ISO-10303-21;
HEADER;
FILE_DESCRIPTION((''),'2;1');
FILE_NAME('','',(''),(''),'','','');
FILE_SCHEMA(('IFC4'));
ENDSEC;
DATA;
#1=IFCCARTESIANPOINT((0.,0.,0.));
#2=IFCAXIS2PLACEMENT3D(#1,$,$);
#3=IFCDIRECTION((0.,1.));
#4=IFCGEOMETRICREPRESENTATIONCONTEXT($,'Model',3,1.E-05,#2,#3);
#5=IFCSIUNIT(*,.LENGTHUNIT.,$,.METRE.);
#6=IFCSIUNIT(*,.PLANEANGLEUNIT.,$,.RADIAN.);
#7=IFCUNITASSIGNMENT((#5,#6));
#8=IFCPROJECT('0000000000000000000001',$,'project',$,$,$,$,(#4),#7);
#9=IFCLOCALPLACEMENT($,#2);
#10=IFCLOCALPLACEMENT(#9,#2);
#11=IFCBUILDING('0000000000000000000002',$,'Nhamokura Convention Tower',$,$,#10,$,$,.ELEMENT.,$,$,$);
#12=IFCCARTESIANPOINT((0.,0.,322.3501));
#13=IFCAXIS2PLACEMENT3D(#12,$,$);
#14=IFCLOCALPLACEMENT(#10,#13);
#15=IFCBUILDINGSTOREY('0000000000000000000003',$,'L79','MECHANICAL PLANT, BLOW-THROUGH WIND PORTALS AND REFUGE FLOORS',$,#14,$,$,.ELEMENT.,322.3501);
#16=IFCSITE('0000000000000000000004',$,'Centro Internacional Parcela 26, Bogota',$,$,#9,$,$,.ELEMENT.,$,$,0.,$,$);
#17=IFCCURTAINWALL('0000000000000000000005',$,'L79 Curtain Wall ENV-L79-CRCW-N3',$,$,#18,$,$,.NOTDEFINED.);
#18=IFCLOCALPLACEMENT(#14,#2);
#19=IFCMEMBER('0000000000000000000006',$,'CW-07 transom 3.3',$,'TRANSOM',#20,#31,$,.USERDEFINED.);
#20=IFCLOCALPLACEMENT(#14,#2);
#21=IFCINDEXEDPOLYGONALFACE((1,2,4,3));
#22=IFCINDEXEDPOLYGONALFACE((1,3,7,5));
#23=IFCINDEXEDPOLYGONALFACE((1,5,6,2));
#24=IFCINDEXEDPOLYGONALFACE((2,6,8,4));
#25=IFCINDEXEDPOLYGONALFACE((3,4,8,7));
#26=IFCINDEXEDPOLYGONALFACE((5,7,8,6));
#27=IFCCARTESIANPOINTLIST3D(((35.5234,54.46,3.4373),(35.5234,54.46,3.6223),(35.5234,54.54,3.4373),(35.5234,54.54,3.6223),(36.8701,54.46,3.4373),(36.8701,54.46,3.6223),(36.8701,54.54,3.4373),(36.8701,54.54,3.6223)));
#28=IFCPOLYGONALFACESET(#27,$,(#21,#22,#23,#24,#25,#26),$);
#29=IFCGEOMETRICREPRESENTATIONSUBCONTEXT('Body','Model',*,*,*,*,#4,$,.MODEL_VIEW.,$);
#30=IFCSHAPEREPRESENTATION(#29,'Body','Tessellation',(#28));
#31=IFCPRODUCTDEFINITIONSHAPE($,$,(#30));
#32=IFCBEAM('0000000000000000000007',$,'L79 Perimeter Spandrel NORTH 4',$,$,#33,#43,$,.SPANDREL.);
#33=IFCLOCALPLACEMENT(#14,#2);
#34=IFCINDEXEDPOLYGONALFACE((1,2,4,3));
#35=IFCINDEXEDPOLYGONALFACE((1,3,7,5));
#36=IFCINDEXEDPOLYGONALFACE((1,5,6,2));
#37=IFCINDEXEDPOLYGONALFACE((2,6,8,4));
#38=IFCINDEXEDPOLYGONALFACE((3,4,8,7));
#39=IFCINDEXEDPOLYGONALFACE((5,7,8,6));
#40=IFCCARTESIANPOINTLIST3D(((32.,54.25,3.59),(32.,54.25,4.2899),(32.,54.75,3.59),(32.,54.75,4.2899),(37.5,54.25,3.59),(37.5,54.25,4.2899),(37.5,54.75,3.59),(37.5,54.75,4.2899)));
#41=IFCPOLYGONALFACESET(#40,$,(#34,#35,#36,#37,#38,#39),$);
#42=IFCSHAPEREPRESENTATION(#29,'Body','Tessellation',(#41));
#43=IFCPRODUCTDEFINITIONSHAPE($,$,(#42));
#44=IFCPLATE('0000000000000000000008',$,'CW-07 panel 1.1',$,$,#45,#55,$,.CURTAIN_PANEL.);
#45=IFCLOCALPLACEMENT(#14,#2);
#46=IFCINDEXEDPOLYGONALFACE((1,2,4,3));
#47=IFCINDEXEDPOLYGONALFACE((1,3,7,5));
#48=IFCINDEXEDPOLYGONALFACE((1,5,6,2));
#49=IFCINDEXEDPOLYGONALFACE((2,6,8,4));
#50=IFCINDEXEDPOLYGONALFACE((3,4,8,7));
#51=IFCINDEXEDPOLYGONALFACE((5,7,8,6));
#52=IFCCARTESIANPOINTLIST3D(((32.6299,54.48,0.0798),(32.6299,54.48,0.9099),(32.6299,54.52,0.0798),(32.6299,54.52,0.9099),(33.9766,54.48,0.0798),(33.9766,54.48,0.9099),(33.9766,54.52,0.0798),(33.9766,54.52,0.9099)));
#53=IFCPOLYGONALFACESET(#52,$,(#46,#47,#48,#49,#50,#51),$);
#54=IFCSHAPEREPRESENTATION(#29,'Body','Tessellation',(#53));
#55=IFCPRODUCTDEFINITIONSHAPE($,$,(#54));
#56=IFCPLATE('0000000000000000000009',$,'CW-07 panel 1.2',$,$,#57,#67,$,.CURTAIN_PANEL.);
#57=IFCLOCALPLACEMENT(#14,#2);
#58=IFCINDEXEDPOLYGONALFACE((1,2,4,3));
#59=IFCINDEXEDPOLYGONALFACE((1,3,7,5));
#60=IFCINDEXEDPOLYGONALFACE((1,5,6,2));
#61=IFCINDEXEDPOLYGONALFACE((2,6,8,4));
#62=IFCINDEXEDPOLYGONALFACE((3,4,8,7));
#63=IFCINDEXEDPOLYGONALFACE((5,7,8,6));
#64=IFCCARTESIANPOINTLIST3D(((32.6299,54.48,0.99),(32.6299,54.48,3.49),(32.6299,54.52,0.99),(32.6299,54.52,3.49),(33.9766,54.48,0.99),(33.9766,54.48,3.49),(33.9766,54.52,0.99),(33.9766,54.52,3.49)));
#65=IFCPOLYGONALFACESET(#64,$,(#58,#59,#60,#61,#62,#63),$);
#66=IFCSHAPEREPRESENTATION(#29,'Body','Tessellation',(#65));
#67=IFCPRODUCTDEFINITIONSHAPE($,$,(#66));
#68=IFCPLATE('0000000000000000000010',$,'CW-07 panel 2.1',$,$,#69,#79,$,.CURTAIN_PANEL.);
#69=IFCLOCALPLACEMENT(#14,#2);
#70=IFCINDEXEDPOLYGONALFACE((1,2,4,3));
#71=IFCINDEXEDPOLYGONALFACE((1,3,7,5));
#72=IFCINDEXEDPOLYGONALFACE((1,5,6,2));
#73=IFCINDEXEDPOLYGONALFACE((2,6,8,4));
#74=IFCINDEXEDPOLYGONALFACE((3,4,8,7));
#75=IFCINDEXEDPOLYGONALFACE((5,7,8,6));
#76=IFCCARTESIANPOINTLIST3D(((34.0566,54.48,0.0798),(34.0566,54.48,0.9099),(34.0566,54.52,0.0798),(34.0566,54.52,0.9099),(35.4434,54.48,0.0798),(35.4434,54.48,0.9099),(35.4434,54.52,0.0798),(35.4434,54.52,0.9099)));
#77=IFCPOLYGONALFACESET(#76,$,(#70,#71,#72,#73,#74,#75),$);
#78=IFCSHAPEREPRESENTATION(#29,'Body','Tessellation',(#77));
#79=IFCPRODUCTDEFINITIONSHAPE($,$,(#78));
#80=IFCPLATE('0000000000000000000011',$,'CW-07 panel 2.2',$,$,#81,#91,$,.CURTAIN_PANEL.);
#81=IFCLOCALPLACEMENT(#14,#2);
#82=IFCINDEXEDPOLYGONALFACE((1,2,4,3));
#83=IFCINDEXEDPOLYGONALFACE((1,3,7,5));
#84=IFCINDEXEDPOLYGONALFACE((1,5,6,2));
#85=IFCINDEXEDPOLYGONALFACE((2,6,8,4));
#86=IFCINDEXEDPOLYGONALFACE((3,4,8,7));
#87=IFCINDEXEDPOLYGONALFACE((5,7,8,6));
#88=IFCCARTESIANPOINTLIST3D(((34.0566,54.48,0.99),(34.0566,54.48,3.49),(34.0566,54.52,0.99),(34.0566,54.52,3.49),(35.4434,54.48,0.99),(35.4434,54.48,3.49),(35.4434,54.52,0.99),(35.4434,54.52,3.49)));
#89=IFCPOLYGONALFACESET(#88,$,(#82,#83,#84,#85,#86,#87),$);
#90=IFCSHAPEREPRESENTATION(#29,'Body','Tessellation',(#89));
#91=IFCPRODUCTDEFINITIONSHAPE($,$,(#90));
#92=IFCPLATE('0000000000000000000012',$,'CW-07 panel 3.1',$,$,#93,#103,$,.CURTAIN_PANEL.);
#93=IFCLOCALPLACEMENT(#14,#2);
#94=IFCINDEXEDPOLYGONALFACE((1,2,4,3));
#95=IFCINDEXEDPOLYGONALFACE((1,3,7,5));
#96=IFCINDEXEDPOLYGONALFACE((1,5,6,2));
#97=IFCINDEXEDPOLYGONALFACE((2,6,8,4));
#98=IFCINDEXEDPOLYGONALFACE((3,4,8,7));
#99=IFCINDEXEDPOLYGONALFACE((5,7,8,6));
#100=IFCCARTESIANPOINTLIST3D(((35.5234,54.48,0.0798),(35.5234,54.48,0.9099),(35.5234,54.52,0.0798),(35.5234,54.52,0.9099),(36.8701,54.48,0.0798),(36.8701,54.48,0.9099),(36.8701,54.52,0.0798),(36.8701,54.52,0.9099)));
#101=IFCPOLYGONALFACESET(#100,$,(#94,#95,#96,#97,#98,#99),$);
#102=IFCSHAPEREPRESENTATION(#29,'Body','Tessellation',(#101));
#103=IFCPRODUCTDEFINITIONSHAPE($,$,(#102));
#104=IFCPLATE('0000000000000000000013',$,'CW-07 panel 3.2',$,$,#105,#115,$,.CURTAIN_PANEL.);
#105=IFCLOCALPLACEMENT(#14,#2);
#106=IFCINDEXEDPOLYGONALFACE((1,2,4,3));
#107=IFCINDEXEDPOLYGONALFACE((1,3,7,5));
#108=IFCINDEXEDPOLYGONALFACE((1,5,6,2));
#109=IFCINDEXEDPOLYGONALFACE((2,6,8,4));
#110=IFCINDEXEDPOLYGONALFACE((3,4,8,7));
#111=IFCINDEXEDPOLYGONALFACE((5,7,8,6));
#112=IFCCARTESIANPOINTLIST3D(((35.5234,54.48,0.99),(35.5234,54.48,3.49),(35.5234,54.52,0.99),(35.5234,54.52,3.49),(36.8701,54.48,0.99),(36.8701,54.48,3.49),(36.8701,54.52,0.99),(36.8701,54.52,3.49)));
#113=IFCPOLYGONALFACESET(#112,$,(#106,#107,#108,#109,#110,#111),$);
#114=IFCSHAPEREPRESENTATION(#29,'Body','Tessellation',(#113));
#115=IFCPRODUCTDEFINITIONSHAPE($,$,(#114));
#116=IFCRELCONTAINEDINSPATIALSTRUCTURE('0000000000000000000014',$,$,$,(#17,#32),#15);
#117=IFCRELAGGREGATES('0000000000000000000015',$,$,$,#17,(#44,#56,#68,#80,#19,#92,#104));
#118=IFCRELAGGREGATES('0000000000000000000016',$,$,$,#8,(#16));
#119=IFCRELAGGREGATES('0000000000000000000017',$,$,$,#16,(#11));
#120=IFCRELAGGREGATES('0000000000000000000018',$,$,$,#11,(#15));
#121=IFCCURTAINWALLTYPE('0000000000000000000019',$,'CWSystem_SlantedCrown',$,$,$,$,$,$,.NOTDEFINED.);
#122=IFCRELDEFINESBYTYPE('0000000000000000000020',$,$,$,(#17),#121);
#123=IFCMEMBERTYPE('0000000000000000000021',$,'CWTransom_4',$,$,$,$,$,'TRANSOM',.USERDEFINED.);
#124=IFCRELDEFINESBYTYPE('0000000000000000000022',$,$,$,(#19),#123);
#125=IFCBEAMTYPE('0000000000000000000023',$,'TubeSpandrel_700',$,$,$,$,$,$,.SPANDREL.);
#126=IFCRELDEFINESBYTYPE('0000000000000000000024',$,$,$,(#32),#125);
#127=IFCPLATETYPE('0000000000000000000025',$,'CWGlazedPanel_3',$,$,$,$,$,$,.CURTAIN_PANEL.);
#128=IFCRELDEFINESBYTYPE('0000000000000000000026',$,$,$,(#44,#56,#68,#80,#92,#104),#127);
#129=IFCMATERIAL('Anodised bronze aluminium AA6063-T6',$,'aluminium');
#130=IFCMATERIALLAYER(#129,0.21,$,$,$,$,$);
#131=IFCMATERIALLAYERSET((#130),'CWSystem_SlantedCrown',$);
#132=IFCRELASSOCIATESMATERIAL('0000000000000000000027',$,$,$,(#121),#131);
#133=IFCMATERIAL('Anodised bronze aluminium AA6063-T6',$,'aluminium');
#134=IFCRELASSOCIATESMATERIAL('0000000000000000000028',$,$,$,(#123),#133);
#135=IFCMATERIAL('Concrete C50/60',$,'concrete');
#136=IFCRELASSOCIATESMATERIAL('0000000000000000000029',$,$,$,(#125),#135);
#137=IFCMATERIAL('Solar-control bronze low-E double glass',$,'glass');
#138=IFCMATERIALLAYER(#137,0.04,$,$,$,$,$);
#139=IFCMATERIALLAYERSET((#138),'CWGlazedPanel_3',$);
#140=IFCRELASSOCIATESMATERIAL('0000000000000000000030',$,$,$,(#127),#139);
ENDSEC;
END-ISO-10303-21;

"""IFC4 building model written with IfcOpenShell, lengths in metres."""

from ifc_helpers import new_model, si_unit, direction, frame, origin, origin_2d, place, context, subcontext, project, spatial, rectangle, extrude, material, layer, layer_set, material_profile, profile_set, type_object, element, aggregate, save


model = new_model("IFC4")

# Units and contexts
model_context = context("Model", 3, precision=1e-05, world=origin(), true_north=direction((0.0, 1.0)))
body_context = subcontext(model_context, "Body", "Model", "MODEL_VIEW")
ifc_project = project(units=[si_unit("LENGTHUNIT", "METRE"), si_unit("PLANEANGLEUNIT", "RADIAN")], contexts=[model_context])

# Site, building, storey
site_placement = place(None, origin())
site = spatial("IfcSite", under=ifc_project, at=site_placement, Name="Centro Internacional Parcela 26, Bogota", CompositionType="ELEMENT", RefElevation=0.0)
building_placement = place(site_placement, origin())
building = spatial("IfcBuilding", under=site, at=building_placement, Name="Nhamokura Convention Tower", CompositionType="ELEMENT")
storey_placement = place(building_placement, frame((0.0, 0.0, 322.3501)))
storey = spatial("IfcBuildingStorey", under=building, at=storey_placement, Name="L79", Description="MECHANICAL PLANT, BLOW-THROUGH WIND PORTALS AND REFUGE FLOORS", CompositionType="ELEMENT", Elevation=322.3501)

# Shared definitions
ifc_material_1 = material(Name="Anodised bronze aluminium AA6063-T6", Category="aluminium")
ifc_layer_1 = layer(ifc_material_1, 0.21)
ifc_layer_set_1 = layer_set([ifc_layer_1], Name="CWSystem_SlantedCrown")
curtain_wall_type = type_object("IfcCurtainWallType", Name="CWSystem_SlantedCrown", PredefinedType="NOTDEFINED", material=ifc_layer_set_1)

# Curtain wall, member
curtain_wall_1_placement = place(storey_placement, origin())
curtain_wall_1 = element("IfcCurtainWall", 1, at=curtain_wall_1_placement, inside=storey, type_object=curtain_wall_type, Name="L79 Curtain Wall ENV-L79-CRCW-N3", PredefinedType="NOTDEFINED")
ifc_material_2 = material(Name="Anodised bronze aluminium AA6063-T6", Category="aluminium")
ifc_material_profile_1 = material_profile(ifc_material_2, rectangle(XDim=0.0801, YDim=0.1851, at=origin_2d()))
ifc_profile_set_1 = profile_set([ifc_material_profile_1], Name="Anodised bronze aluminium AA6063-T6")
member_type_1 = type_object("IfcMemberType", Name="CWTransom_4", ElementType="TRANSOM", PredefinedType="USERDEFINED", material=ifc_profile_set_1)
member_1_placement = place(storey_placement, frame((35.5234, 54.5, 3.5298), z_axis=(1.0, 0.0, 0.0), x_axis=(0.0, 1.0, 0.0)))
member_1 = element("IfcMember", 2, at=member_1_placement, type_object=member_type_1, Name="CW-07 transom 3.3", ObjectType="TRANSOM", PredefinedType="USERDEFINED", context=body_context, shape_type="SweptSolid", body=[
    extrude(rectangle(XDim=0.0801, YDim=0.1851, at=origin_2d()), origin(), (0.0, 0.0, 1.0), 1.3467),
])

# Beam
ifc_material_3 = material(Name="Concrete C50/60", Category="concrete")
ifc_material_profile_2 = material_profile(ifc_material_3, rectangle(XDim=0.5, YDim=0.7, at=origin_2d()))
ifc_profile_set_2 = profile_set([ifc_material_profile_2], Name="Concrete C50/60")
beam_type = type_object("IfcBeamType", Name="TubeSpandrel_700", PredefinedType="SPANDREL", material=ifc_profile_set_2)
beam_placement = place(storey_placement, frame((32.0, 54.5, 3.9399), z_axis=(1.0, 0.0, 0.0), x_axis=(0.0, 1.0, 0.0)))
element("IfcBeam", 3, at=beam_placement, inside=storey, type_object=beam_type, Name="L79 Perimeter Spandrel NORTH 4", PredefinedType="SPANDREL", context=body_context, shape_type="SweptSolid", body=[
    extrude(rectangle(XDim=0.5, YDim=0.7, at=origin_2d()), origin(), (0.0, 0.0, 1.0), 5.5),
])

# Plates
ifc_material_4 = material(Name="Solar-control bronze low-E double glass", Category="glass")
ifc_layer_2 = layer(ifc_material_4, 0.04)
ifc_layer_set_2 = layer_set([ifc_layer_2], Name="CWGlazedPanel_3")
plate_type = type_object("IfcPlateType", Name="CWGlazedPanel_3", PredefinedType="CURTAIN_PANEL", material=ifc_layer_set_2)
plate_1_placement = place(storey_placement, frame((33.3032, 54.5, 0.0798), z_axis=(0.0, 0.0, 1.0), x_axis=(1.0, 0.0, 0.0)))
plate_1 = element("IfcPlate", 4, at=plate_1_placement, type_object=plate_type, Name="CW-07 panel 1.1", PredefinedType="CURTAIN_PANEL", context=body_context, shape_type="SweptSolid", body=[
    extrude(rectangle(XDim=1.3467, YDim=0.04, at=origin_2d()), origin(), (0.0, 0.0, 1.0), 0.8301),
])
plate_2_placement = place(storey_placement, frame((33.3032, 54.5, 0.99), z_axis=(0.0, 0.0, 1.0), x_axis=(1.0, 0.0, 0.0)))
plate_2 = element("IfcPlate", 5, at=plate_2_placement, type_object=plate_type, Name="CW-07 panel 1.2", PredefinedType="CURTAIN_PANEL", context=body_context, shape_type="SweptSolid", body=[
    extrude(rectangle(XDim=1.3467, YDim=0.04, at=origin_2d()), origin(), (0.0, 0.0, 1.0), 2.5),
])
plate_3_placement = place(storey_placement, frame((34.75, 54.5, 0.0798), z_axis=(0.0, 0.0, 1.0), x_axis=(1.0, 0.0, 0.0)))
plate_3 = element("IfcPlate", 6, at=plate_3_placement, type_object=plate_type, Name="CW-07 panel 2.1", PredefinedType="CURTAIN_PANEL", context=body_context, shape_type="SweptSolid", body=[
    extrude(rectangle(XDim=1.3867, YDim=0.04, at=origin_2d()), origin(), (0.0, 0.0, 1.0), 0.8301),
])
plate_4_placement = place(storey_placement, frame((34.75, 54.5, 0.99), z_axis=(0.0, 0.0, 1.0), x_axis=(1.0, 0.0, 0.0)))
plate_4 = element("IfcPlate", 7, at=plate_4_placement, type_object=plate_type, Name="CW-07 panel 2.2", PredefinedType="CURTAIN_PANEL", context=body_context, shape_type="SweptSolid", body=[
    extrude(rectangle(XDim=1.3867, YDim=0.04, at=origin_2d()), origin(), (0.0, 0.0, 1.0), 2.5),
])
plate_5_placement = place(storey_placement, frame((36.1968, 54.5, 0.0798), z_axis=(0.0, 0.0, 1.0), x_axis=(1.0, 0.0, 0.0)))
plate_5 = element("IfcPlate", 8, at=plate_5_placement, type_object=plate_type, Name="CW-07 panel 3.1", PredefinedType="CURTAIN_PANEL", context=body_context, shape_type="SweptSolid", body=[
    extrude(rectangle(XDim=1.3467, YDim=0.04, at=origin_2d()), origin(), (0.0, 0.0, 1.0), 0.8301),
])
plate_6_placement = place(storey_placement, frame((36.1968, 54.5, 0.99), z_axis=(0.0, 0.0, 1.0), x_axis=(1.0, 0.0, 0.0)))
plate_6 = element("IfcPlate", 9, at=plate_6_placement, type_object=plate_type, Name="CW-07 panel 3.2", PredefinedType="CURTAIN_PANEL", context=body_context, shape_type="SweptSolid", body=[
    extrude(rectangle(XDim=1.3467, YDim=0.04, at=origin_2d()), origin(), (0.0, 0.0, 1.0), 2.5),
])
aggregate(curtain_wall_1, [plate_1, plate_2, plate_3, plate_4, member_1, plate_5, plate_6])

save(model, "model.ifc")
